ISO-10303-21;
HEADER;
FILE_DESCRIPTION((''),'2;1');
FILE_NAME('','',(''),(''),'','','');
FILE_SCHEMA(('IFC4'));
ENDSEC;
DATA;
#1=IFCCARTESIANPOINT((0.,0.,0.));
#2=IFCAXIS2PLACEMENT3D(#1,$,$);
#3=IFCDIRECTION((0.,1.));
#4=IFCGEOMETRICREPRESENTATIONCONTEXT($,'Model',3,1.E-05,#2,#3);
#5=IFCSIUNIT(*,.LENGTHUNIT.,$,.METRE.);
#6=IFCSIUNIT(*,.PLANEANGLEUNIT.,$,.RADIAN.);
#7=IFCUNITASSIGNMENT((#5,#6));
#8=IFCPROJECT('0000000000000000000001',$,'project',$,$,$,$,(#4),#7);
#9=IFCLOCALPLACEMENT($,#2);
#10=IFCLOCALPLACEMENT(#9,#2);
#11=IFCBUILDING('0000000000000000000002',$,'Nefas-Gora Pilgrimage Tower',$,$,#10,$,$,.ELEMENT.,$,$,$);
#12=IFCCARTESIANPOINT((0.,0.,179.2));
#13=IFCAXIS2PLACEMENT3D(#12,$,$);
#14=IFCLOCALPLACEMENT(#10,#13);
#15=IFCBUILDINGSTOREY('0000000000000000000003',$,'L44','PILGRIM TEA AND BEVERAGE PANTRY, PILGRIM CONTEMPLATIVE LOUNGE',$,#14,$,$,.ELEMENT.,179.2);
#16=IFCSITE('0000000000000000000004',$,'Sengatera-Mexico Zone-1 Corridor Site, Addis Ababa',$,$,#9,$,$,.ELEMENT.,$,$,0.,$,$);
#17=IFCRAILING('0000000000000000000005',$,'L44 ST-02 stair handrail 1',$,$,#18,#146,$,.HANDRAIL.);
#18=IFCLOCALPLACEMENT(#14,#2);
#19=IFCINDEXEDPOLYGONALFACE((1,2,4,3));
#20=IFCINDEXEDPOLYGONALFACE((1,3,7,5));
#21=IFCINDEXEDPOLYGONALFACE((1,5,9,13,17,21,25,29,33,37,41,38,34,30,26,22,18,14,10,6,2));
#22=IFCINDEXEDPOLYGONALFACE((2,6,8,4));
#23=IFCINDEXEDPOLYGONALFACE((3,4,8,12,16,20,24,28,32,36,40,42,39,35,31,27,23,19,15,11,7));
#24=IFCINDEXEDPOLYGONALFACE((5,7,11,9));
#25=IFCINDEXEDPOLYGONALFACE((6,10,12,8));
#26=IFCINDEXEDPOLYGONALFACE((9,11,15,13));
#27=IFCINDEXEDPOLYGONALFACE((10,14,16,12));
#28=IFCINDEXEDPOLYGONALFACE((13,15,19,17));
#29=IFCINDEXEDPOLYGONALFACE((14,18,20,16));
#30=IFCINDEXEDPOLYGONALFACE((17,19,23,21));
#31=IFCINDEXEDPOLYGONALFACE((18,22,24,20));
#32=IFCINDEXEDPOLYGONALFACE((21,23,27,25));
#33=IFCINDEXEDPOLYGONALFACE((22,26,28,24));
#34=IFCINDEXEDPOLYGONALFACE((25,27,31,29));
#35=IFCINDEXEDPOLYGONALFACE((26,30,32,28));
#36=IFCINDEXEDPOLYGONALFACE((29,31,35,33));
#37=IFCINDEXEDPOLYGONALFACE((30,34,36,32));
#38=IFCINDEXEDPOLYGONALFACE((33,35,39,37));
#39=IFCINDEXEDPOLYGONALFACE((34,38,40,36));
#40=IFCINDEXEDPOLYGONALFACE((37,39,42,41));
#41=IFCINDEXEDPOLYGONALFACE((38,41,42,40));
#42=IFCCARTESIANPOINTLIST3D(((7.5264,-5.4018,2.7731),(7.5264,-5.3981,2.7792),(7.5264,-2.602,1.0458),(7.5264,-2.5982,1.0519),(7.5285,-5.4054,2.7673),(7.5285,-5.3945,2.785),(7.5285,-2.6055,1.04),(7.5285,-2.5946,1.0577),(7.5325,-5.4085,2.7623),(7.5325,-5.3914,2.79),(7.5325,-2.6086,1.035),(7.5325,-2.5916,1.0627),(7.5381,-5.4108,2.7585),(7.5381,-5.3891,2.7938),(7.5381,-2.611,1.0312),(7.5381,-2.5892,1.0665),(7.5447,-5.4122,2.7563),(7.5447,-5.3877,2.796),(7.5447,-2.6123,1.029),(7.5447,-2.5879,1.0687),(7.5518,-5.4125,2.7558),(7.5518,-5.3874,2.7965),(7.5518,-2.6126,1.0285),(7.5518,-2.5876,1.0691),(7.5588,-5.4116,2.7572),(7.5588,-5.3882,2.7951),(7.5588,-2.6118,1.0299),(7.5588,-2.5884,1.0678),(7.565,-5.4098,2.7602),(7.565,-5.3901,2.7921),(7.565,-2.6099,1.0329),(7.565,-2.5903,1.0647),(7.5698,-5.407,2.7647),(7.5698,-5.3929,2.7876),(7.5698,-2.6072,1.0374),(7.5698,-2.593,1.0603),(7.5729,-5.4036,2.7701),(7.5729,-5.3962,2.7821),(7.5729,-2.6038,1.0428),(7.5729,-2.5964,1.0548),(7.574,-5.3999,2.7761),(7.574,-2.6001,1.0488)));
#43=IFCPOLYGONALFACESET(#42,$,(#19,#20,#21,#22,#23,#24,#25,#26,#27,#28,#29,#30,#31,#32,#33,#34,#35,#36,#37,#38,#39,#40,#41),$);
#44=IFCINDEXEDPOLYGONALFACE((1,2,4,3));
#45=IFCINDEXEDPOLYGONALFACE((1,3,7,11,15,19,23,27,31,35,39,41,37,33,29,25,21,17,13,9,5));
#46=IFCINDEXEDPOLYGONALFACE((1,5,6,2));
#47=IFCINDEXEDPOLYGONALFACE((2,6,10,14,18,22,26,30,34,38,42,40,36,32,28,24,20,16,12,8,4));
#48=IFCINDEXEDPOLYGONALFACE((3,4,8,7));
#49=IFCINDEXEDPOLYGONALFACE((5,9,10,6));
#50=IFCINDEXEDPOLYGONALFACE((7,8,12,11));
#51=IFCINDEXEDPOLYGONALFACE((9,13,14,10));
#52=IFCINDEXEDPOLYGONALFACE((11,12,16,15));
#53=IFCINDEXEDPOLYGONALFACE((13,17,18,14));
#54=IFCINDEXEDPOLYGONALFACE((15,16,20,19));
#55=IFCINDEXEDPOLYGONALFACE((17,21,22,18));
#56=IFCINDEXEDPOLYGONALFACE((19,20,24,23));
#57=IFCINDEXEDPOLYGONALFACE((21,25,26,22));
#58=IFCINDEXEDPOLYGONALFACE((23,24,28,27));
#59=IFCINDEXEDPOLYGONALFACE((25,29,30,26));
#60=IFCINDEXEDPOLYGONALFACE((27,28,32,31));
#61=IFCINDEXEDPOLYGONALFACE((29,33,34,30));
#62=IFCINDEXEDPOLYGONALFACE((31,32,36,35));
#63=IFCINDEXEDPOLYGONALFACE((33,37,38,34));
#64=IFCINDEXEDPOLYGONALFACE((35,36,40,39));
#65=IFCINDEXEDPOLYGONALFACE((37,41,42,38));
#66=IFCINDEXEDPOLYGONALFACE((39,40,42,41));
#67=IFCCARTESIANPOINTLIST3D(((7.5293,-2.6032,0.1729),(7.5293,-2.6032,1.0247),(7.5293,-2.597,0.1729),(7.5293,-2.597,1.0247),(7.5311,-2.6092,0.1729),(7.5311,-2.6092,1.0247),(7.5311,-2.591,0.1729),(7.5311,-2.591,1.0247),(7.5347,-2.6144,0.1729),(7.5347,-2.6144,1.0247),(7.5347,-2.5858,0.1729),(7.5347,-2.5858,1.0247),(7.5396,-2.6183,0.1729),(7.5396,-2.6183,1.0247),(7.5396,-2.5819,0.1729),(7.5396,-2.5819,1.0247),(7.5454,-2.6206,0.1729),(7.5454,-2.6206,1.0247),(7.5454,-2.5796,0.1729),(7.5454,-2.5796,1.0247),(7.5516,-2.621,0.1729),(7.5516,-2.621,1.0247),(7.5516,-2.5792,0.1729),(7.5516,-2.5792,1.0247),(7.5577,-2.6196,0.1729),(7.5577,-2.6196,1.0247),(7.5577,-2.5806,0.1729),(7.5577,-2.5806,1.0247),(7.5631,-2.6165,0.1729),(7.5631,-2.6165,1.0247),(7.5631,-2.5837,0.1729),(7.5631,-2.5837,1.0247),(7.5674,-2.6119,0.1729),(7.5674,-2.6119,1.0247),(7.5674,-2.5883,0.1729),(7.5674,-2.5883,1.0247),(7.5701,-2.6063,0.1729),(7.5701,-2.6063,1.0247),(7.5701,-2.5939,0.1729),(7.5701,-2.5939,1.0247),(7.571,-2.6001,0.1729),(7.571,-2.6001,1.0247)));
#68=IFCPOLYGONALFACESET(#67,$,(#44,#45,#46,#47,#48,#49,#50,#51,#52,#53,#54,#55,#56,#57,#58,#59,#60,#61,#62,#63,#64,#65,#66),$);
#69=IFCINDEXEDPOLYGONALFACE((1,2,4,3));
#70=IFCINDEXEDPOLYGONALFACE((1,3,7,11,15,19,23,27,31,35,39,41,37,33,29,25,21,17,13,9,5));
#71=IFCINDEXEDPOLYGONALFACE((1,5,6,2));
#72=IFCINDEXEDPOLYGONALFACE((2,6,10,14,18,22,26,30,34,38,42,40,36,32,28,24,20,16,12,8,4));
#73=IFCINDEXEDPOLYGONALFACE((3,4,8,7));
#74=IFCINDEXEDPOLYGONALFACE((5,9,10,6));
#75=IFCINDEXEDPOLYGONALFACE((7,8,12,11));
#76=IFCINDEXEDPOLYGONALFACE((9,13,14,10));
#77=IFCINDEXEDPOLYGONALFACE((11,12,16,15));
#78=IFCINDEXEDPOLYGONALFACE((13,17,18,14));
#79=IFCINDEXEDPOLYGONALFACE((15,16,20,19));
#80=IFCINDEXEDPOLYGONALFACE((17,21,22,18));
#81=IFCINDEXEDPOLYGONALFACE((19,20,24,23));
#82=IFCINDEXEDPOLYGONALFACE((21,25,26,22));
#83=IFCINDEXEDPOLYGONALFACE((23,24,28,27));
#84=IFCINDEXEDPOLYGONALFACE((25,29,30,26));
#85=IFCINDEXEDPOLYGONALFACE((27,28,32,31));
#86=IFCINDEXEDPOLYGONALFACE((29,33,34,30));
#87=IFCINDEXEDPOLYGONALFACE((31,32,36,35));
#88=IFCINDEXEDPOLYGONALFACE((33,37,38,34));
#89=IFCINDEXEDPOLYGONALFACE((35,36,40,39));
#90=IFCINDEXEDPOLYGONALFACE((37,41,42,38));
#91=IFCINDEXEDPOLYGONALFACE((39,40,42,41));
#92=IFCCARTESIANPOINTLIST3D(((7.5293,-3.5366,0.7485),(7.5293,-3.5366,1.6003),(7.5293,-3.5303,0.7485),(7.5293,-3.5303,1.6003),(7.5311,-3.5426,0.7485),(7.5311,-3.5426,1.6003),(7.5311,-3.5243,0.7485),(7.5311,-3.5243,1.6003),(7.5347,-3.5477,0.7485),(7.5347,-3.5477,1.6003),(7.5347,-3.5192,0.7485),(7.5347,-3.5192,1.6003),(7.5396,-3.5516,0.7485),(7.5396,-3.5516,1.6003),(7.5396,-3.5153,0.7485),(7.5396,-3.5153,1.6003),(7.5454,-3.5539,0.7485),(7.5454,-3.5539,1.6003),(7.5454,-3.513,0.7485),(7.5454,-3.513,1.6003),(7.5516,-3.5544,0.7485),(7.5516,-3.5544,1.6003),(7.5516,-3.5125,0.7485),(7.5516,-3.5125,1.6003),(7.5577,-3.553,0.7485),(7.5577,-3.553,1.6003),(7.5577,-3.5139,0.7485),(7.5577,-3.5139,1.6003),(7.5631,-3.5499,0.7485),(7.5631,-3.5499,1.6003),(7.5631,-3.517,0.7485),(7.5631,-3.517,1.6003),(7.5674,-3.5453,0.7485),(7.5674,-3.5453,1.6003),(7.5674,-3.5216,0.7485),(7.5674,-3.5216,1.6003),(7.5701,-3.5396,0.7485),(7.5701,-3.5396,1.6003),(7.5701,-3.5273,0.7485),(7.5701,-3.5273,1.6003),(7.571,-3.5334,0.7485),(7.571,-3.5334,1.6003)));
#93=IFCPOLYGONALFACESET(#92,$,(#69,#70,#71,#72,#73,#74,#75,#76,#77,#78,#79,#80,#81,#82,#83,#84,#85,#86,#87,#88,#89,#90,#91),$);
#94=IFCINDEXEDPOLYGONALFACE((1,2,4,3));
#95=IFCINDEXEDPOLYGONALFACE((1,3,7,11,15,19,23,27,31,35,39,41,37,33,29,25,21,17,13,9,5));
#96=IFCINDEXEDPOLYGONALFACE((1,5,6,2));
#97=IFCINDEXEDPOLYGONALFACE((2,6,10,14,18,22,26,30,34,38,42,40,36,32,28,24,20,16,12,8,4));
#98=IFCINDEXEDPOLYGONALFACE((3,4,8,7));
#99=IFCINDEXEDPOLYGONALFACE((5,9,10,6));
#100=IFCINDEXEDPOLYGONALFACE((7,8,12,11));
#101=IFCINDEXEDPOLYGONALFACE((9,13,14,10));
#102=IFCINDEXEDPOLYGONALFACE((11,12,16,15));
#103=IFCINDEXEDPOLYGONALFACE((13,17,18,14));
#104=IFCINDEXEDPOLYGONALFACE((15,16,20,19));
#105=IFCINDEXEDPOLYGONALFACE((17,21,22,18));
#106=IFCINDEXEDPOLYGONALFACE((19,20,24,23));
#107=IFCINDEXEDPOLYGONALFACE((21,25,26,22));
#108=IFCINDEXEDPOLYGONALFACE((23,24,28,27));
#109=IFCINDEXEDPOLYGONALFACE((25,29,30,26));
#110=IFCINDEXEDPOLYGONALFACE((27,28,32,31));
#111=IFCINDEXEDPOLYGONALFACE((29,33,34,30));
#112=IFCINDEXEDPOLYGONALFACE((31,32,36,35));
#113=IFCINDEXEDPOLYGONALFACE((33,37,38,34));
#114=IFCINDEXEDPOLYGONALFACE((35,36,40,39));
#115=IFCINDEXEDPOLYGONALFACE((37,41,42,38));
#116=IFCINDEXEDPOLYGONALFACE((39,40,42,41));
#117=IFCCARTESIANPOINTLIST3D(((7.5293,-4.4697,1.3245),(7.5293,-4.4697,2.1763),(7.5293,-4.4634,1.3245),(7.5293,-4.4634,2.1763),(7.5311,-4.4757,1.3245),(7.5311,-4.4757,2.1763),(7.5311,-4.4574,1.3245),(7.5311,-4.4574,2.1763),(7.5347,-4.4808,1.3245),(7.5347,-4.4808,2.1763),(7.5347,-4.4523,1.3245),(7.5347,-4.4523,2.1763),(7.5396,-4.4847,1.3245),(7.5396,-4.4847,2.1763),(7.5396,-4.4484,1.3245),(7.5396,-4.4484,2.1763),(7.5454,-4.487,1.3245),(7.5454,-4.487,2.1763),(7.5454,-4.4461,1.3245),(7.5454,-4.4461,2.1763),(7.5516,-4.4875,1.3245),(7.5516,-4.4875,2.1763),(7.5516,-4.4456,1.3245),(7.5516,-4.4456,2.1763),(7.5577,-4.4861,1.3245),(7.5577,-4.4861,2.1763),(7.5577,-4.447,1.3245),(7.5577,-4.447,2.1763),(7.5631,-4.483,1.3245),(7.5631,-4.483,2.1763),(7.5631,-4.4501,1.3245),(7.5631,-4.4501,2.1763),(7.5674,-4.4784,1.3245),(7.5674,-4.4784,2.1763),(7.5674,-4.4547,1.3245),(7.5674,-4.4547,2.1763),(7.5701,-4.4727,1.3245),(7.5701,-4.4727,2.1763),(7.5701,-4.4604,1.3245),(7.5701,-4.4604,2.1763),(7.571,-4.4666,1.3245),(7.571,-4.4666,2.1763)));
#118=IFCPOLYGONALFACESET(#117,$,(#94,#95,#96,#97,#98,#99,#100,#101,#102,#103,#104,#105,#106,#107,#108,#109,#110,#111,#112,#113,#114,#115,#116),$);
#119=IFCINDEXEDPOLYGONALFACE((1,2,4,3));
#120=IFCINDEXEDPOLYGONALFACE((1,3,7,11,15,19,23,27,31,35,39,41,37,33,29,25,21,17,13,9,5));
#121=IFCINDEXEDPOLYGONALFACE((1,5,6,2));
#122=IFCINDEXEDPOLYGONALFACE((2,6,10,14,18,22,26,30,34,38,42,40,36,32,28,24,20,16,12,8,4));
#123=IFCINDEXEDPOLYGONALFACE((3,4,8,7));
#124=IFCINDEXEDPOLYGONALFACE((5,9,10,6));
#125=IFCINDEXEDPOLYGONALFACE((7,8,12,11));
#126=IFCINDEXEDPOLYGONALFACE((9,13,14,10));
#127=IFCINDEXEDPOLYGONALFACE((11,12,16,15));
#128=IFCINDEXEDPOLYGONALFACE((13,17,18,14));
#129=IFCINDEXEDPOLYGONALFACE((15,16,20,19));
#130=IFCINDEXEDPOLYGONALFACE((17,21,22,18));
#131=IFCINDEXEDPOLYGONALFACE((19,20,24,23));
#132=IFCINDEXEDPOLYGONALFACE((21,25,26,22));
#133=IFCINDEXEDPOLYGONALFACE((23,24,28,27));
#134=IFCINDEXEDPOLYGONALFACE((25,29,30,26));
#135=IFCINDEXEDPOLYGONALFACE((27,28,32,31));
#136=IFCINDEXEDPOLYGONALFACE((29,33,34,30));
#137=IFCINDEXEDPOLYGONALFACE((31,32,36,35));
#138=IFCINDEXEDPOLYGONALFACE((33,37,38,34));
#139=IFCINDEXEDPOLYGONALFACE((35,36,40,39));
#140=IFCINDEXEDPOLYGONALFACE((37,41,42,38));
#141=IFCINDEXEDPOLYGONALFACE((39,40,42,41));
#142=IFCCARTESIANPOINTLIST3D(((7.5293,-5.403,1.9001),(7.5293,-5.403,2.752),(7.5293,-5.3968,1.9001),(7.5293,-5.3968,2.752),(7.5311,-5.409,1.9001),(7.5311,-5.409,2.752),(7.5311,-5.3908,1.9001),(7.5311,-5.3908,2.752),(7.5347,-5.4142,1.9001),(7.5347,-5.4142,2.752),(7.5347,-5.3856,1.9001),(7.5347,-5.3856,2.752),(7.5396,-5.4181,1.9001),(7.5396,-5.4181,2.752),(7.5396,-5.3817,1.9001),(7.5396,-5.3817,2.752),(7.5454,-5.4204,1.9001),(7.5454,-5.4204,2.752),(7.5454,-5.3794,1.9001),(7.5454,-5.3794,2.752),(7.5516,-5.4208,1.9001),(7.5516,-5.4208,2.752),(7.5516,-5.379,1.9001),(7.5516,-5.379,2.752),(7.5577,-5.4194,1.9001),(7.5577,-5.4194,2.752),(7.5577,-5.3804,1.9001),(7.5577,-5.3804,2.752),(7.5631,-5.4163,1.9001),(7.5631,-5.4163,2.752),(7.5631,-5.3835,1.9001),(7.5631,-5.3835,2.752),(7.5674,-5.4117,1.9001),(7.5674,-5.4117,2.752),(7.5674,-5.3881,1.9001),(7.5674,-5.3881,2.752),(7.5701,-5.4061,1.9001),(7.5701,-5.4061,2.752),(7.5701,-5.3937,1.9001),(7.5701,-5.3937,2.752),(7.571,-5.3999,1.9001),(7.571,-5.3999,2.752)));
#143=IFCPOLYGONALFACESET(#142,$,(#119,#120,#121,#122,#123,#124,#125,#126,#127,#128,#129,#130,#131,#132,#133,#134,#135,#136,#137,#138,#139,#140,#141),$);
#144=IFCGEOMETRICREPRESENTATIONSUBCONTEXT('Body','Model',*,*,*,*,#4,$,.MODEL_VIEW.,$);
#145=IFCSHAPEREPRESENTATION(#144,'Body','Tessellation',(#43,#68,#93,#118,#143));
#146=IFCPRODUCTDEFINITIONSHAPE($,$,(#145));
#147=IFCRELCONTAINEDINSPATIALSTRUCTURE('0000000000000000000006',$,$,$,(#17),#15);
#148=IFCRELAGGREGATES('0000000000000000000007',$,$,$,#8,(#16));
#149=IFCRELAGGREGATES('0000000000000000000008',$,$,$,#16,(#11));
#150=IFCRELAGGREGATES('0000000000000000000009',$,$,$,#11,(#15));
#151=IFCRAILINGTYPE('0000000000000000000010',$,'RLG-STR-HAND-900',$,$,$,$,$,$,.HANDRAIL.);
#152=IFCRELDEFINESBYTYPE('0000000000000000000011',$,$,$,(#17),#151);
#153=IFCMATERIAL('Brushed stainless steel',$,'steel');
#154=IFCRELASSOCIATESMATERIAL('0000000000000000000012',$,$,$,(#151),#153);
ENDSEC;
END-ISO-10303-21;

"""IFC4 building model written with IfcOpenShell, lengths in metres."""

from ifc_helpers import new_model, si_unit, direction, frame, origin, origin_2d, place, context, subcontext, project, spatial, circle, extrude, material, type_object, element, save


model = new_model("IFC4")

# Units and contexts
model_context = context("Model", 3, precision=1e-05, world=origin(), true_north=direction((0.0, 1.0)))
body_context = subcontext(model_context, "Body", "Model", "MODEL_VIEW")
ifc_project = project(units=[si_unit("LENGTHUNIT", "METRE"), si_unit("PLANEANGLEUNIT", "RADIAN")], contexts=[model_context])

# Site, building, storey
site_placement = place(None, origin())
site = spatial("IfcSite", under=ifc_project, at=site_placement, Name="Sengatera-Mexico Zone-1 Corridor Site, Addis Ababa", CompositionType="ELEMENT", RefElevation=0.0)
building_placement = place(site_placement, origin())
building = spatial("IfcBuilding", under=site, at=building_placement, Name="Nefas-Gora Pilgrimage Tower", CompositionType="ELEMENT")
storey_placement = place(building_placement, frame((0.0, 0.0, 179.2)))
storey = spatial("IfcBuildingStorey", under=building, at=storey_placement, Name="L44", Description="PILGRIM TEA AND BEVERAGE PANTRY, PILGRIM CONTEMPLATIVE LOUNGE", CompositionType="ELEMENT", Elevation=179.2)

# Railing
ifc_material_1 = material(Name="Brushed stainless steel", Category="steel")
railing_type_1 = type_object("IfcRailingType", Name="RLG-STR-HAND-900", PredefinedType="HANDRAIL", material=ifc_material_1)
railing_1_placement = place(storey_placement, frame((7.55, -2.6001, 0.1729)))
element("IfcRailing", 1, at=railing_1_placement, inside=storey, type_object=railing_type_1, Name="L44 ST-02 stair handrail 1", PredefinedType="HANDRAIL", context=body_context, shape_type="SweptSolid", body=[
    extrude(circle(Radius=0.0239, at=origin_2d()), frame((0.0, 0.0, 0.876), z_axis=(0.0, -0.851069, 0.525054), x_axis=(1.0, 0.0, 0.0)), (0.0, 0.0, 1.0), 3.2898),
    extrude(circle(Radius=0.021, at=origin_2d()), origin(), (0.0, 0.0, 1.0), 0.8518),
    extrude(circle(Radius=0.021, at=origin_2d()), frame((0.0, -0.9333, 0.5757)), (0.0, 0.0, 1.0), 0.8518),
    extrude(circle(Radius=0.021, at=origin_2d()), frame((0.0, -1.8665, 1.1516)), (0.0, 0.0, 1.0), 0.8518),
    extrude(circle(Radius=0.021, at=origin_2d()), frame((0.0, -2.7998, 1.7273)), (0.0, 0.0, 1.0), 0.8518),
])

save(model, "model.ifc")
